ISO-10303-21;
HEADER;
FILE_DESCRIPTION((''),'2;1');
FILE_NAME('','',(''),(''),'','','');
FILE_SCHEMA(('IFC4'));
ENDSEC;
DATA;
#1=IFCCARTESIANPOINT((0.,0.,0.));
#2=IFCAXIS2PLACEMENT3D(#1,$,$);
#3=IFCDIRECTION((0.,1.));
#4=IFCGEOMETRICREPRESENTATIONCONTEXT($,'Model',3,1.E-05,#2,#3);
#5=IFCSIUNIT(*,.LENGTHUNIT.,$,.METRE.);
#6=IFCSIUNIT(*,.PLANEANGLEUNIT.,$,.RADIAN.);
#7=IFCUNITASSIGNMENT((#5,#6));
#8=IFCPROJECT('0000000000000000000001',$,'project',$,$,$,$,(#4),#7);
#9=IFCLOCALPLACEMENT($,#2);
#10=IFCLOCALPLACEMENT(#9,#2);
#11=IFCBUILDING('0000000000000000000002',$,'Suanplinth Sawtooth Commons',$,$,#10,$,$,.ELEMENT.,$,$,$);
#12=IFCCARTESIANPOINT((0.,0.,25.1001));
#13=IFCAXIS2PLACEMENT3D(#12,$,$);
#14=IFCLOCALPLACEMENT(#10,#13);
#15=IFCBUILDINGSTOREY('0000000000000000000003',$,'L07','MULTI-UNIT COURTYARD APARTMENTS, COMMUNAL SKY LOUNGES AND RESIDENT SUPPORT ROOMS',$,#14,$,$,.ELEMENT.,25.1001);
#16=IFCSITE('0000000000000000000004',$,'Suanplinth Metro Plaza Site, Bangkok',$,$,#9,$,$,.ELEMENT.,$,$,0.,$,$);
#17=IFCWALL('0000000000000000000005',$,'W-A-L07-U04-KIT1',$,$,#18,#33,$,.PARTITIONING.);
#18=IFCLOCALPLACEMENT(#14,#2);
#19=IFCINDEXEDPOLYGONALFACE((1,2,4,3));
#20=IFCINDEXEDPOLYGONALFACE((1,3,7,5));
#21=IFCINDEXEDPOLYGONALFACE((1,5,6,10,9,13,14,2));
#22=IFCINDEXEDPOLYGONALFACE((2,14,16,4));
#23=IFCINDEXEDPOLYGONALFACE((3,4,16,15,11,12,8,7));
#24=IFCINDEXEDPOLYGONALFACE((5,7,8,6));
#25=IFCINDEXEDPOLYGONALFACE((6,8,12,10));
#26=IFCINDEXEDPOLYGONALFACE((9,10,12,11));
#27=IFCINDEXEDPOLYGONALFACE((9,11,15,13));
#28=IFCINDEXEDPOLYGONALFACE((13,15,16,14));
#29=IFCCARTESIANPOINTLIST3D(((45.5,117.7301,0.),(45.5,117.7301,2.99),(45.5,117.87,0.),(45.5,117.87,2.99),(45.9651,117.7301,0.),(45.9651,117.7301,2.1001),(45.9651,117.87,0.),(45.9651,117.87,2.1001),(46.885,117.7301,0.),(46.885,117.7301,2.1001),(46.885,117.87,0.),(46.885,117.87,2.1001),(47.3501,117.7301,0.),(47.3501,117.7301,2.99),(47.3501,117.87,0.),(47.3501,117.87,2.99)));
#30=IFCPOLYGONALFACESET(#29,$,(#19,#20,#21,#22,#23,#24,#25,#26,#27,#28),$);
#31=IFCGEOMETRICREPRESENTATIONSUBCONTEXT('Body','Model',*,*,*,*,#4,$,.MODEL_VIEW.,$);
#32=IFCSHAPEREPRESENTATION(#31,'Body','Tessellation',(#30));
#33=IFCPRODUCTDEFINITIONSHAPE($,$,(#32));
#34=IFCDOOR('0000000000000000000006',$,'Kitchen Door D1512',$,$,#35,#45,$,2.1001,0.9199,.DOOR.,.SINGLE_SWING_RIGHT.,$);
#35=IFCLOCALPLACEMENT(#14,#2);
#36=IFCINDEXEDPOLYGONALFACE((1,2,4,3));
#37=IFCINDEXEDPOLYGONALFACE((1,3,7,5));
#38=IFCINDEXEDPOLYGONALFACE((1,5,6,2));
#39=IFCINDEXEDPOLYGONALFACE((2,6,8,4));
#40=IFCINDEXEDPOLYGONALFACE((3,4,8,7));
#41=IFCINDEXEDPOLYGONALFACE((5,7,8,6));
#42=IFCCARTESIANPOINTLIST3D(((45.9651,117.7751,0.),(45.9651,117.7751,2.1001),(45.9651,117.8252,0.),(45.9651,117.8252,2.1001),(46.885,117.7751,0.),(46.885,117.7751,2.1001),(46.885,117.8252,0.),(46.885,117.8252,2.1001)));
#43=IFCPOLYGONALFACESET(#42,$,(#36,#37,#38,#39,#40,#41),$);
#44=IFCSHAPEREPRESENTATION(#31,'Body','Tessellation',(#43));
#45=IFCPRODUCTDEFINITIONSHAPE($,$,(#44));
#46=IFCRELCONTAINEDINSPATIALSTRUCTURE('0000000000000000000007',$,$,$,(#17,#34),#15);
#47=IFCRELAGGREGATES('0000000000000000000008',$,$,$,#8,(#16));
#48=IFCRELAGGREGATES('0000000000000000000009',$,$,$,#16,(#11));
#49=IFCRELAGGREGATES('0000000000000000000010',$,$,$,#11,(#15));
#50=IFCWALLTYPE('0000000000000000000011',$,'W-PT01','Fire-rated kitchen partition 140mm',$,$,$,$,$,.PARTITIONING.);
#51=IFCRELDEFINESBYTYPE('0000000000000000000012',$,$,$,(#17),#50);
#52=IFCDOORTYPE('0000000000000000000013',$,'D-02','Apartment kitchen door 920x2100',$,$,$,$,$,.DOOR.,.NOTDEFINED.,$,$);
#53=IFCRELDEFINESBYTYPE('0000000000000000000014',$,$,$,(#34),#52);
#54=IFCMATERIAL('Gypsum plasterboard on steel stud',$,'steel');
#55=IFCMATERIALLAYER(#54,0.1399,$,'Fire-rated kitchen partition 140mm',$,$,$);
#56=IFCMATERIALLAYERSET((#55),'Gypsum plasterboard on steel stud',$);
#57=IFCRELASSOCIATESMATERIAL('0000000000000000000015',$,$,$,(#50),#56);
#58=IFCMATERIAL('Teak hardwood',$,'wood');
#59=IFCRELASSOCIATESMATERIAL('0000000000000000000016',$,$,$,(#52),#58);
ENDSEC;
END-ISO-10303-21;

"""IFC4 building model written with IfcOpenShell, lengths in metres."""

from ifc_helpers import new_model, si_unit, direction, frame, frame_2d, origin, place, context, subcontext, project, spatial, rectangle, extrude, material, layer, layer_set, type_object, element, fill, save


model = new_model("IFC4")

# Units and contexts
model_context = context("Model", 3, precision=1e-05, world=origin(), true_north=direction((0.0, 1.0)))
body_context = subcontext(model_context, "Body", "Model", "MODEL_VIEW")
ifc_project = project(units=[si_unit("LENGTHUNIT", "METRE"), si_unit("PLANEANGLEUNIT", "RADIAN")], contexts=[model_context])

# Site, building, storey
site_placement = place(None, origin())
site = spatial("IfcSite", under=ifc_project, at=site_placement, Name="Suanplinth Metro Plaza Site, Bangkok", CompositionType="ELEMENT", RefElevation=0.0)
building_placement = place(site_placement, origin())
building = spatial("IfcBuilding", under=site, at=building_placement, Name="Suanplinth Sawtooth Commons", CompositionType="ELEMENT")
storey_placement = place(building_placement, frame((0.0, 0.0, 25.1001)))
storey = spatial("IfcBuildingStorey", under=building, at=storey_placement, Name="L07", Description="MULTI-UNIT COURTYARD APARTMENTS, COMMUNAL SKY LOUNGES AND RESIDENT SUPPORT ROOMS", CompositionType="ELEMENT", Elevation=25.1001)

# Wall, opening, door
ifc_material_1 = material(Name="Gypsum plasterboard on steel stud", Category="steel")
ifc_layer_1 = layer(ifc_material_1, 0.1399, Name="Fire-rated kitchen partition 140mm")
ifc_layer_set_1 = layer_set([ifc_layer_1], Name="Gypsum plasterboard on steel stud")
wall_type = type_object("IfcWallType", Name="W-PT01", Description="Fire-rated kitchen partition 140mm", PredefinedType="PARTITIONING", material=ifc_layer_set_1)
wall_placement = place(storey_placement, frame((45.5, 117.8, 0.0), z_axis=(0.0, 0.0, 1.0), x_axis=(1.0, 0.0, 0.0)))
wall = element("IfcWall", 1, at=wall_placement, inside=storey, type_object=wall_type, Name="W-A-L07-U04-KIT1", PredefinedType="PARTITIONING", context=body_context, shape_type="SweptSolid", body=[
    extrude(rectangle(XDim=1.8501, YDim=0.1399, at=frame_2d((0.925, 0.0))), origin(), (0.0, 0.0, 1.0), 2.99),
])
opening_placement = place(wall_placement, frame((0.4651, 0.0, 0.0)))
opening = element("IfcOpeningElement", 2, at=opening_placement, cuts=wall, PredefinedType="OPENING", context=body_context, shape_type="SweptSolid", body=[
    extrude(rectangle(XDim=0.9199, YDim=2.1001, at=frame_2d((0.46, 1.05))), frame((0.0, 0.085, 0.0), z_axis=(0.0, -1.0, 0.0), x_axis=(1.0, 0.0, 0.0)), (0.0, 0.0, 1.0), 0.1697),
])
ifc_material_2 = material(Name="Teak hardwood", Category="wood")
door_type = type_object("IfcDoorType", Name="D-02", Description="Apartment kitchen door 920x2100", OperationType="NOTDEFINED", PredefinedType="DOOR", material=ifc_material_2)
door_placement = place(opening_placement, frame((0.9199, 0.0, 0.0), z_axis=(0.0, 0.0, 1.0), x_axis=(-1.0, 0.0, 0.0)))
door = element("IfcDoor", 3, at=door_placement, inside=storey, type_object=door_type, Name="Kitchen Door D1512", OperationType="SINGLE_SWING_RIGHT", OverallHeight=2.1001, OverallWidth=0.9199, PredefinedType="DOOR", context=body_context, shape_type="SweptSolid", body=[
    extrude(rectangle(XDim=0.9199, YDim=2.1001, at=frame_2d((0.46, 1.05))), frame((0.0, 0.0249, 0.0), z_axis=(0.0, -1.0, 0.0), x_axis=(1.0, 0.0, 0.0)), (0.0, 0.0, 1.0), 0.05),
])
fill(opening, door)

save(model, "model.ifc")
